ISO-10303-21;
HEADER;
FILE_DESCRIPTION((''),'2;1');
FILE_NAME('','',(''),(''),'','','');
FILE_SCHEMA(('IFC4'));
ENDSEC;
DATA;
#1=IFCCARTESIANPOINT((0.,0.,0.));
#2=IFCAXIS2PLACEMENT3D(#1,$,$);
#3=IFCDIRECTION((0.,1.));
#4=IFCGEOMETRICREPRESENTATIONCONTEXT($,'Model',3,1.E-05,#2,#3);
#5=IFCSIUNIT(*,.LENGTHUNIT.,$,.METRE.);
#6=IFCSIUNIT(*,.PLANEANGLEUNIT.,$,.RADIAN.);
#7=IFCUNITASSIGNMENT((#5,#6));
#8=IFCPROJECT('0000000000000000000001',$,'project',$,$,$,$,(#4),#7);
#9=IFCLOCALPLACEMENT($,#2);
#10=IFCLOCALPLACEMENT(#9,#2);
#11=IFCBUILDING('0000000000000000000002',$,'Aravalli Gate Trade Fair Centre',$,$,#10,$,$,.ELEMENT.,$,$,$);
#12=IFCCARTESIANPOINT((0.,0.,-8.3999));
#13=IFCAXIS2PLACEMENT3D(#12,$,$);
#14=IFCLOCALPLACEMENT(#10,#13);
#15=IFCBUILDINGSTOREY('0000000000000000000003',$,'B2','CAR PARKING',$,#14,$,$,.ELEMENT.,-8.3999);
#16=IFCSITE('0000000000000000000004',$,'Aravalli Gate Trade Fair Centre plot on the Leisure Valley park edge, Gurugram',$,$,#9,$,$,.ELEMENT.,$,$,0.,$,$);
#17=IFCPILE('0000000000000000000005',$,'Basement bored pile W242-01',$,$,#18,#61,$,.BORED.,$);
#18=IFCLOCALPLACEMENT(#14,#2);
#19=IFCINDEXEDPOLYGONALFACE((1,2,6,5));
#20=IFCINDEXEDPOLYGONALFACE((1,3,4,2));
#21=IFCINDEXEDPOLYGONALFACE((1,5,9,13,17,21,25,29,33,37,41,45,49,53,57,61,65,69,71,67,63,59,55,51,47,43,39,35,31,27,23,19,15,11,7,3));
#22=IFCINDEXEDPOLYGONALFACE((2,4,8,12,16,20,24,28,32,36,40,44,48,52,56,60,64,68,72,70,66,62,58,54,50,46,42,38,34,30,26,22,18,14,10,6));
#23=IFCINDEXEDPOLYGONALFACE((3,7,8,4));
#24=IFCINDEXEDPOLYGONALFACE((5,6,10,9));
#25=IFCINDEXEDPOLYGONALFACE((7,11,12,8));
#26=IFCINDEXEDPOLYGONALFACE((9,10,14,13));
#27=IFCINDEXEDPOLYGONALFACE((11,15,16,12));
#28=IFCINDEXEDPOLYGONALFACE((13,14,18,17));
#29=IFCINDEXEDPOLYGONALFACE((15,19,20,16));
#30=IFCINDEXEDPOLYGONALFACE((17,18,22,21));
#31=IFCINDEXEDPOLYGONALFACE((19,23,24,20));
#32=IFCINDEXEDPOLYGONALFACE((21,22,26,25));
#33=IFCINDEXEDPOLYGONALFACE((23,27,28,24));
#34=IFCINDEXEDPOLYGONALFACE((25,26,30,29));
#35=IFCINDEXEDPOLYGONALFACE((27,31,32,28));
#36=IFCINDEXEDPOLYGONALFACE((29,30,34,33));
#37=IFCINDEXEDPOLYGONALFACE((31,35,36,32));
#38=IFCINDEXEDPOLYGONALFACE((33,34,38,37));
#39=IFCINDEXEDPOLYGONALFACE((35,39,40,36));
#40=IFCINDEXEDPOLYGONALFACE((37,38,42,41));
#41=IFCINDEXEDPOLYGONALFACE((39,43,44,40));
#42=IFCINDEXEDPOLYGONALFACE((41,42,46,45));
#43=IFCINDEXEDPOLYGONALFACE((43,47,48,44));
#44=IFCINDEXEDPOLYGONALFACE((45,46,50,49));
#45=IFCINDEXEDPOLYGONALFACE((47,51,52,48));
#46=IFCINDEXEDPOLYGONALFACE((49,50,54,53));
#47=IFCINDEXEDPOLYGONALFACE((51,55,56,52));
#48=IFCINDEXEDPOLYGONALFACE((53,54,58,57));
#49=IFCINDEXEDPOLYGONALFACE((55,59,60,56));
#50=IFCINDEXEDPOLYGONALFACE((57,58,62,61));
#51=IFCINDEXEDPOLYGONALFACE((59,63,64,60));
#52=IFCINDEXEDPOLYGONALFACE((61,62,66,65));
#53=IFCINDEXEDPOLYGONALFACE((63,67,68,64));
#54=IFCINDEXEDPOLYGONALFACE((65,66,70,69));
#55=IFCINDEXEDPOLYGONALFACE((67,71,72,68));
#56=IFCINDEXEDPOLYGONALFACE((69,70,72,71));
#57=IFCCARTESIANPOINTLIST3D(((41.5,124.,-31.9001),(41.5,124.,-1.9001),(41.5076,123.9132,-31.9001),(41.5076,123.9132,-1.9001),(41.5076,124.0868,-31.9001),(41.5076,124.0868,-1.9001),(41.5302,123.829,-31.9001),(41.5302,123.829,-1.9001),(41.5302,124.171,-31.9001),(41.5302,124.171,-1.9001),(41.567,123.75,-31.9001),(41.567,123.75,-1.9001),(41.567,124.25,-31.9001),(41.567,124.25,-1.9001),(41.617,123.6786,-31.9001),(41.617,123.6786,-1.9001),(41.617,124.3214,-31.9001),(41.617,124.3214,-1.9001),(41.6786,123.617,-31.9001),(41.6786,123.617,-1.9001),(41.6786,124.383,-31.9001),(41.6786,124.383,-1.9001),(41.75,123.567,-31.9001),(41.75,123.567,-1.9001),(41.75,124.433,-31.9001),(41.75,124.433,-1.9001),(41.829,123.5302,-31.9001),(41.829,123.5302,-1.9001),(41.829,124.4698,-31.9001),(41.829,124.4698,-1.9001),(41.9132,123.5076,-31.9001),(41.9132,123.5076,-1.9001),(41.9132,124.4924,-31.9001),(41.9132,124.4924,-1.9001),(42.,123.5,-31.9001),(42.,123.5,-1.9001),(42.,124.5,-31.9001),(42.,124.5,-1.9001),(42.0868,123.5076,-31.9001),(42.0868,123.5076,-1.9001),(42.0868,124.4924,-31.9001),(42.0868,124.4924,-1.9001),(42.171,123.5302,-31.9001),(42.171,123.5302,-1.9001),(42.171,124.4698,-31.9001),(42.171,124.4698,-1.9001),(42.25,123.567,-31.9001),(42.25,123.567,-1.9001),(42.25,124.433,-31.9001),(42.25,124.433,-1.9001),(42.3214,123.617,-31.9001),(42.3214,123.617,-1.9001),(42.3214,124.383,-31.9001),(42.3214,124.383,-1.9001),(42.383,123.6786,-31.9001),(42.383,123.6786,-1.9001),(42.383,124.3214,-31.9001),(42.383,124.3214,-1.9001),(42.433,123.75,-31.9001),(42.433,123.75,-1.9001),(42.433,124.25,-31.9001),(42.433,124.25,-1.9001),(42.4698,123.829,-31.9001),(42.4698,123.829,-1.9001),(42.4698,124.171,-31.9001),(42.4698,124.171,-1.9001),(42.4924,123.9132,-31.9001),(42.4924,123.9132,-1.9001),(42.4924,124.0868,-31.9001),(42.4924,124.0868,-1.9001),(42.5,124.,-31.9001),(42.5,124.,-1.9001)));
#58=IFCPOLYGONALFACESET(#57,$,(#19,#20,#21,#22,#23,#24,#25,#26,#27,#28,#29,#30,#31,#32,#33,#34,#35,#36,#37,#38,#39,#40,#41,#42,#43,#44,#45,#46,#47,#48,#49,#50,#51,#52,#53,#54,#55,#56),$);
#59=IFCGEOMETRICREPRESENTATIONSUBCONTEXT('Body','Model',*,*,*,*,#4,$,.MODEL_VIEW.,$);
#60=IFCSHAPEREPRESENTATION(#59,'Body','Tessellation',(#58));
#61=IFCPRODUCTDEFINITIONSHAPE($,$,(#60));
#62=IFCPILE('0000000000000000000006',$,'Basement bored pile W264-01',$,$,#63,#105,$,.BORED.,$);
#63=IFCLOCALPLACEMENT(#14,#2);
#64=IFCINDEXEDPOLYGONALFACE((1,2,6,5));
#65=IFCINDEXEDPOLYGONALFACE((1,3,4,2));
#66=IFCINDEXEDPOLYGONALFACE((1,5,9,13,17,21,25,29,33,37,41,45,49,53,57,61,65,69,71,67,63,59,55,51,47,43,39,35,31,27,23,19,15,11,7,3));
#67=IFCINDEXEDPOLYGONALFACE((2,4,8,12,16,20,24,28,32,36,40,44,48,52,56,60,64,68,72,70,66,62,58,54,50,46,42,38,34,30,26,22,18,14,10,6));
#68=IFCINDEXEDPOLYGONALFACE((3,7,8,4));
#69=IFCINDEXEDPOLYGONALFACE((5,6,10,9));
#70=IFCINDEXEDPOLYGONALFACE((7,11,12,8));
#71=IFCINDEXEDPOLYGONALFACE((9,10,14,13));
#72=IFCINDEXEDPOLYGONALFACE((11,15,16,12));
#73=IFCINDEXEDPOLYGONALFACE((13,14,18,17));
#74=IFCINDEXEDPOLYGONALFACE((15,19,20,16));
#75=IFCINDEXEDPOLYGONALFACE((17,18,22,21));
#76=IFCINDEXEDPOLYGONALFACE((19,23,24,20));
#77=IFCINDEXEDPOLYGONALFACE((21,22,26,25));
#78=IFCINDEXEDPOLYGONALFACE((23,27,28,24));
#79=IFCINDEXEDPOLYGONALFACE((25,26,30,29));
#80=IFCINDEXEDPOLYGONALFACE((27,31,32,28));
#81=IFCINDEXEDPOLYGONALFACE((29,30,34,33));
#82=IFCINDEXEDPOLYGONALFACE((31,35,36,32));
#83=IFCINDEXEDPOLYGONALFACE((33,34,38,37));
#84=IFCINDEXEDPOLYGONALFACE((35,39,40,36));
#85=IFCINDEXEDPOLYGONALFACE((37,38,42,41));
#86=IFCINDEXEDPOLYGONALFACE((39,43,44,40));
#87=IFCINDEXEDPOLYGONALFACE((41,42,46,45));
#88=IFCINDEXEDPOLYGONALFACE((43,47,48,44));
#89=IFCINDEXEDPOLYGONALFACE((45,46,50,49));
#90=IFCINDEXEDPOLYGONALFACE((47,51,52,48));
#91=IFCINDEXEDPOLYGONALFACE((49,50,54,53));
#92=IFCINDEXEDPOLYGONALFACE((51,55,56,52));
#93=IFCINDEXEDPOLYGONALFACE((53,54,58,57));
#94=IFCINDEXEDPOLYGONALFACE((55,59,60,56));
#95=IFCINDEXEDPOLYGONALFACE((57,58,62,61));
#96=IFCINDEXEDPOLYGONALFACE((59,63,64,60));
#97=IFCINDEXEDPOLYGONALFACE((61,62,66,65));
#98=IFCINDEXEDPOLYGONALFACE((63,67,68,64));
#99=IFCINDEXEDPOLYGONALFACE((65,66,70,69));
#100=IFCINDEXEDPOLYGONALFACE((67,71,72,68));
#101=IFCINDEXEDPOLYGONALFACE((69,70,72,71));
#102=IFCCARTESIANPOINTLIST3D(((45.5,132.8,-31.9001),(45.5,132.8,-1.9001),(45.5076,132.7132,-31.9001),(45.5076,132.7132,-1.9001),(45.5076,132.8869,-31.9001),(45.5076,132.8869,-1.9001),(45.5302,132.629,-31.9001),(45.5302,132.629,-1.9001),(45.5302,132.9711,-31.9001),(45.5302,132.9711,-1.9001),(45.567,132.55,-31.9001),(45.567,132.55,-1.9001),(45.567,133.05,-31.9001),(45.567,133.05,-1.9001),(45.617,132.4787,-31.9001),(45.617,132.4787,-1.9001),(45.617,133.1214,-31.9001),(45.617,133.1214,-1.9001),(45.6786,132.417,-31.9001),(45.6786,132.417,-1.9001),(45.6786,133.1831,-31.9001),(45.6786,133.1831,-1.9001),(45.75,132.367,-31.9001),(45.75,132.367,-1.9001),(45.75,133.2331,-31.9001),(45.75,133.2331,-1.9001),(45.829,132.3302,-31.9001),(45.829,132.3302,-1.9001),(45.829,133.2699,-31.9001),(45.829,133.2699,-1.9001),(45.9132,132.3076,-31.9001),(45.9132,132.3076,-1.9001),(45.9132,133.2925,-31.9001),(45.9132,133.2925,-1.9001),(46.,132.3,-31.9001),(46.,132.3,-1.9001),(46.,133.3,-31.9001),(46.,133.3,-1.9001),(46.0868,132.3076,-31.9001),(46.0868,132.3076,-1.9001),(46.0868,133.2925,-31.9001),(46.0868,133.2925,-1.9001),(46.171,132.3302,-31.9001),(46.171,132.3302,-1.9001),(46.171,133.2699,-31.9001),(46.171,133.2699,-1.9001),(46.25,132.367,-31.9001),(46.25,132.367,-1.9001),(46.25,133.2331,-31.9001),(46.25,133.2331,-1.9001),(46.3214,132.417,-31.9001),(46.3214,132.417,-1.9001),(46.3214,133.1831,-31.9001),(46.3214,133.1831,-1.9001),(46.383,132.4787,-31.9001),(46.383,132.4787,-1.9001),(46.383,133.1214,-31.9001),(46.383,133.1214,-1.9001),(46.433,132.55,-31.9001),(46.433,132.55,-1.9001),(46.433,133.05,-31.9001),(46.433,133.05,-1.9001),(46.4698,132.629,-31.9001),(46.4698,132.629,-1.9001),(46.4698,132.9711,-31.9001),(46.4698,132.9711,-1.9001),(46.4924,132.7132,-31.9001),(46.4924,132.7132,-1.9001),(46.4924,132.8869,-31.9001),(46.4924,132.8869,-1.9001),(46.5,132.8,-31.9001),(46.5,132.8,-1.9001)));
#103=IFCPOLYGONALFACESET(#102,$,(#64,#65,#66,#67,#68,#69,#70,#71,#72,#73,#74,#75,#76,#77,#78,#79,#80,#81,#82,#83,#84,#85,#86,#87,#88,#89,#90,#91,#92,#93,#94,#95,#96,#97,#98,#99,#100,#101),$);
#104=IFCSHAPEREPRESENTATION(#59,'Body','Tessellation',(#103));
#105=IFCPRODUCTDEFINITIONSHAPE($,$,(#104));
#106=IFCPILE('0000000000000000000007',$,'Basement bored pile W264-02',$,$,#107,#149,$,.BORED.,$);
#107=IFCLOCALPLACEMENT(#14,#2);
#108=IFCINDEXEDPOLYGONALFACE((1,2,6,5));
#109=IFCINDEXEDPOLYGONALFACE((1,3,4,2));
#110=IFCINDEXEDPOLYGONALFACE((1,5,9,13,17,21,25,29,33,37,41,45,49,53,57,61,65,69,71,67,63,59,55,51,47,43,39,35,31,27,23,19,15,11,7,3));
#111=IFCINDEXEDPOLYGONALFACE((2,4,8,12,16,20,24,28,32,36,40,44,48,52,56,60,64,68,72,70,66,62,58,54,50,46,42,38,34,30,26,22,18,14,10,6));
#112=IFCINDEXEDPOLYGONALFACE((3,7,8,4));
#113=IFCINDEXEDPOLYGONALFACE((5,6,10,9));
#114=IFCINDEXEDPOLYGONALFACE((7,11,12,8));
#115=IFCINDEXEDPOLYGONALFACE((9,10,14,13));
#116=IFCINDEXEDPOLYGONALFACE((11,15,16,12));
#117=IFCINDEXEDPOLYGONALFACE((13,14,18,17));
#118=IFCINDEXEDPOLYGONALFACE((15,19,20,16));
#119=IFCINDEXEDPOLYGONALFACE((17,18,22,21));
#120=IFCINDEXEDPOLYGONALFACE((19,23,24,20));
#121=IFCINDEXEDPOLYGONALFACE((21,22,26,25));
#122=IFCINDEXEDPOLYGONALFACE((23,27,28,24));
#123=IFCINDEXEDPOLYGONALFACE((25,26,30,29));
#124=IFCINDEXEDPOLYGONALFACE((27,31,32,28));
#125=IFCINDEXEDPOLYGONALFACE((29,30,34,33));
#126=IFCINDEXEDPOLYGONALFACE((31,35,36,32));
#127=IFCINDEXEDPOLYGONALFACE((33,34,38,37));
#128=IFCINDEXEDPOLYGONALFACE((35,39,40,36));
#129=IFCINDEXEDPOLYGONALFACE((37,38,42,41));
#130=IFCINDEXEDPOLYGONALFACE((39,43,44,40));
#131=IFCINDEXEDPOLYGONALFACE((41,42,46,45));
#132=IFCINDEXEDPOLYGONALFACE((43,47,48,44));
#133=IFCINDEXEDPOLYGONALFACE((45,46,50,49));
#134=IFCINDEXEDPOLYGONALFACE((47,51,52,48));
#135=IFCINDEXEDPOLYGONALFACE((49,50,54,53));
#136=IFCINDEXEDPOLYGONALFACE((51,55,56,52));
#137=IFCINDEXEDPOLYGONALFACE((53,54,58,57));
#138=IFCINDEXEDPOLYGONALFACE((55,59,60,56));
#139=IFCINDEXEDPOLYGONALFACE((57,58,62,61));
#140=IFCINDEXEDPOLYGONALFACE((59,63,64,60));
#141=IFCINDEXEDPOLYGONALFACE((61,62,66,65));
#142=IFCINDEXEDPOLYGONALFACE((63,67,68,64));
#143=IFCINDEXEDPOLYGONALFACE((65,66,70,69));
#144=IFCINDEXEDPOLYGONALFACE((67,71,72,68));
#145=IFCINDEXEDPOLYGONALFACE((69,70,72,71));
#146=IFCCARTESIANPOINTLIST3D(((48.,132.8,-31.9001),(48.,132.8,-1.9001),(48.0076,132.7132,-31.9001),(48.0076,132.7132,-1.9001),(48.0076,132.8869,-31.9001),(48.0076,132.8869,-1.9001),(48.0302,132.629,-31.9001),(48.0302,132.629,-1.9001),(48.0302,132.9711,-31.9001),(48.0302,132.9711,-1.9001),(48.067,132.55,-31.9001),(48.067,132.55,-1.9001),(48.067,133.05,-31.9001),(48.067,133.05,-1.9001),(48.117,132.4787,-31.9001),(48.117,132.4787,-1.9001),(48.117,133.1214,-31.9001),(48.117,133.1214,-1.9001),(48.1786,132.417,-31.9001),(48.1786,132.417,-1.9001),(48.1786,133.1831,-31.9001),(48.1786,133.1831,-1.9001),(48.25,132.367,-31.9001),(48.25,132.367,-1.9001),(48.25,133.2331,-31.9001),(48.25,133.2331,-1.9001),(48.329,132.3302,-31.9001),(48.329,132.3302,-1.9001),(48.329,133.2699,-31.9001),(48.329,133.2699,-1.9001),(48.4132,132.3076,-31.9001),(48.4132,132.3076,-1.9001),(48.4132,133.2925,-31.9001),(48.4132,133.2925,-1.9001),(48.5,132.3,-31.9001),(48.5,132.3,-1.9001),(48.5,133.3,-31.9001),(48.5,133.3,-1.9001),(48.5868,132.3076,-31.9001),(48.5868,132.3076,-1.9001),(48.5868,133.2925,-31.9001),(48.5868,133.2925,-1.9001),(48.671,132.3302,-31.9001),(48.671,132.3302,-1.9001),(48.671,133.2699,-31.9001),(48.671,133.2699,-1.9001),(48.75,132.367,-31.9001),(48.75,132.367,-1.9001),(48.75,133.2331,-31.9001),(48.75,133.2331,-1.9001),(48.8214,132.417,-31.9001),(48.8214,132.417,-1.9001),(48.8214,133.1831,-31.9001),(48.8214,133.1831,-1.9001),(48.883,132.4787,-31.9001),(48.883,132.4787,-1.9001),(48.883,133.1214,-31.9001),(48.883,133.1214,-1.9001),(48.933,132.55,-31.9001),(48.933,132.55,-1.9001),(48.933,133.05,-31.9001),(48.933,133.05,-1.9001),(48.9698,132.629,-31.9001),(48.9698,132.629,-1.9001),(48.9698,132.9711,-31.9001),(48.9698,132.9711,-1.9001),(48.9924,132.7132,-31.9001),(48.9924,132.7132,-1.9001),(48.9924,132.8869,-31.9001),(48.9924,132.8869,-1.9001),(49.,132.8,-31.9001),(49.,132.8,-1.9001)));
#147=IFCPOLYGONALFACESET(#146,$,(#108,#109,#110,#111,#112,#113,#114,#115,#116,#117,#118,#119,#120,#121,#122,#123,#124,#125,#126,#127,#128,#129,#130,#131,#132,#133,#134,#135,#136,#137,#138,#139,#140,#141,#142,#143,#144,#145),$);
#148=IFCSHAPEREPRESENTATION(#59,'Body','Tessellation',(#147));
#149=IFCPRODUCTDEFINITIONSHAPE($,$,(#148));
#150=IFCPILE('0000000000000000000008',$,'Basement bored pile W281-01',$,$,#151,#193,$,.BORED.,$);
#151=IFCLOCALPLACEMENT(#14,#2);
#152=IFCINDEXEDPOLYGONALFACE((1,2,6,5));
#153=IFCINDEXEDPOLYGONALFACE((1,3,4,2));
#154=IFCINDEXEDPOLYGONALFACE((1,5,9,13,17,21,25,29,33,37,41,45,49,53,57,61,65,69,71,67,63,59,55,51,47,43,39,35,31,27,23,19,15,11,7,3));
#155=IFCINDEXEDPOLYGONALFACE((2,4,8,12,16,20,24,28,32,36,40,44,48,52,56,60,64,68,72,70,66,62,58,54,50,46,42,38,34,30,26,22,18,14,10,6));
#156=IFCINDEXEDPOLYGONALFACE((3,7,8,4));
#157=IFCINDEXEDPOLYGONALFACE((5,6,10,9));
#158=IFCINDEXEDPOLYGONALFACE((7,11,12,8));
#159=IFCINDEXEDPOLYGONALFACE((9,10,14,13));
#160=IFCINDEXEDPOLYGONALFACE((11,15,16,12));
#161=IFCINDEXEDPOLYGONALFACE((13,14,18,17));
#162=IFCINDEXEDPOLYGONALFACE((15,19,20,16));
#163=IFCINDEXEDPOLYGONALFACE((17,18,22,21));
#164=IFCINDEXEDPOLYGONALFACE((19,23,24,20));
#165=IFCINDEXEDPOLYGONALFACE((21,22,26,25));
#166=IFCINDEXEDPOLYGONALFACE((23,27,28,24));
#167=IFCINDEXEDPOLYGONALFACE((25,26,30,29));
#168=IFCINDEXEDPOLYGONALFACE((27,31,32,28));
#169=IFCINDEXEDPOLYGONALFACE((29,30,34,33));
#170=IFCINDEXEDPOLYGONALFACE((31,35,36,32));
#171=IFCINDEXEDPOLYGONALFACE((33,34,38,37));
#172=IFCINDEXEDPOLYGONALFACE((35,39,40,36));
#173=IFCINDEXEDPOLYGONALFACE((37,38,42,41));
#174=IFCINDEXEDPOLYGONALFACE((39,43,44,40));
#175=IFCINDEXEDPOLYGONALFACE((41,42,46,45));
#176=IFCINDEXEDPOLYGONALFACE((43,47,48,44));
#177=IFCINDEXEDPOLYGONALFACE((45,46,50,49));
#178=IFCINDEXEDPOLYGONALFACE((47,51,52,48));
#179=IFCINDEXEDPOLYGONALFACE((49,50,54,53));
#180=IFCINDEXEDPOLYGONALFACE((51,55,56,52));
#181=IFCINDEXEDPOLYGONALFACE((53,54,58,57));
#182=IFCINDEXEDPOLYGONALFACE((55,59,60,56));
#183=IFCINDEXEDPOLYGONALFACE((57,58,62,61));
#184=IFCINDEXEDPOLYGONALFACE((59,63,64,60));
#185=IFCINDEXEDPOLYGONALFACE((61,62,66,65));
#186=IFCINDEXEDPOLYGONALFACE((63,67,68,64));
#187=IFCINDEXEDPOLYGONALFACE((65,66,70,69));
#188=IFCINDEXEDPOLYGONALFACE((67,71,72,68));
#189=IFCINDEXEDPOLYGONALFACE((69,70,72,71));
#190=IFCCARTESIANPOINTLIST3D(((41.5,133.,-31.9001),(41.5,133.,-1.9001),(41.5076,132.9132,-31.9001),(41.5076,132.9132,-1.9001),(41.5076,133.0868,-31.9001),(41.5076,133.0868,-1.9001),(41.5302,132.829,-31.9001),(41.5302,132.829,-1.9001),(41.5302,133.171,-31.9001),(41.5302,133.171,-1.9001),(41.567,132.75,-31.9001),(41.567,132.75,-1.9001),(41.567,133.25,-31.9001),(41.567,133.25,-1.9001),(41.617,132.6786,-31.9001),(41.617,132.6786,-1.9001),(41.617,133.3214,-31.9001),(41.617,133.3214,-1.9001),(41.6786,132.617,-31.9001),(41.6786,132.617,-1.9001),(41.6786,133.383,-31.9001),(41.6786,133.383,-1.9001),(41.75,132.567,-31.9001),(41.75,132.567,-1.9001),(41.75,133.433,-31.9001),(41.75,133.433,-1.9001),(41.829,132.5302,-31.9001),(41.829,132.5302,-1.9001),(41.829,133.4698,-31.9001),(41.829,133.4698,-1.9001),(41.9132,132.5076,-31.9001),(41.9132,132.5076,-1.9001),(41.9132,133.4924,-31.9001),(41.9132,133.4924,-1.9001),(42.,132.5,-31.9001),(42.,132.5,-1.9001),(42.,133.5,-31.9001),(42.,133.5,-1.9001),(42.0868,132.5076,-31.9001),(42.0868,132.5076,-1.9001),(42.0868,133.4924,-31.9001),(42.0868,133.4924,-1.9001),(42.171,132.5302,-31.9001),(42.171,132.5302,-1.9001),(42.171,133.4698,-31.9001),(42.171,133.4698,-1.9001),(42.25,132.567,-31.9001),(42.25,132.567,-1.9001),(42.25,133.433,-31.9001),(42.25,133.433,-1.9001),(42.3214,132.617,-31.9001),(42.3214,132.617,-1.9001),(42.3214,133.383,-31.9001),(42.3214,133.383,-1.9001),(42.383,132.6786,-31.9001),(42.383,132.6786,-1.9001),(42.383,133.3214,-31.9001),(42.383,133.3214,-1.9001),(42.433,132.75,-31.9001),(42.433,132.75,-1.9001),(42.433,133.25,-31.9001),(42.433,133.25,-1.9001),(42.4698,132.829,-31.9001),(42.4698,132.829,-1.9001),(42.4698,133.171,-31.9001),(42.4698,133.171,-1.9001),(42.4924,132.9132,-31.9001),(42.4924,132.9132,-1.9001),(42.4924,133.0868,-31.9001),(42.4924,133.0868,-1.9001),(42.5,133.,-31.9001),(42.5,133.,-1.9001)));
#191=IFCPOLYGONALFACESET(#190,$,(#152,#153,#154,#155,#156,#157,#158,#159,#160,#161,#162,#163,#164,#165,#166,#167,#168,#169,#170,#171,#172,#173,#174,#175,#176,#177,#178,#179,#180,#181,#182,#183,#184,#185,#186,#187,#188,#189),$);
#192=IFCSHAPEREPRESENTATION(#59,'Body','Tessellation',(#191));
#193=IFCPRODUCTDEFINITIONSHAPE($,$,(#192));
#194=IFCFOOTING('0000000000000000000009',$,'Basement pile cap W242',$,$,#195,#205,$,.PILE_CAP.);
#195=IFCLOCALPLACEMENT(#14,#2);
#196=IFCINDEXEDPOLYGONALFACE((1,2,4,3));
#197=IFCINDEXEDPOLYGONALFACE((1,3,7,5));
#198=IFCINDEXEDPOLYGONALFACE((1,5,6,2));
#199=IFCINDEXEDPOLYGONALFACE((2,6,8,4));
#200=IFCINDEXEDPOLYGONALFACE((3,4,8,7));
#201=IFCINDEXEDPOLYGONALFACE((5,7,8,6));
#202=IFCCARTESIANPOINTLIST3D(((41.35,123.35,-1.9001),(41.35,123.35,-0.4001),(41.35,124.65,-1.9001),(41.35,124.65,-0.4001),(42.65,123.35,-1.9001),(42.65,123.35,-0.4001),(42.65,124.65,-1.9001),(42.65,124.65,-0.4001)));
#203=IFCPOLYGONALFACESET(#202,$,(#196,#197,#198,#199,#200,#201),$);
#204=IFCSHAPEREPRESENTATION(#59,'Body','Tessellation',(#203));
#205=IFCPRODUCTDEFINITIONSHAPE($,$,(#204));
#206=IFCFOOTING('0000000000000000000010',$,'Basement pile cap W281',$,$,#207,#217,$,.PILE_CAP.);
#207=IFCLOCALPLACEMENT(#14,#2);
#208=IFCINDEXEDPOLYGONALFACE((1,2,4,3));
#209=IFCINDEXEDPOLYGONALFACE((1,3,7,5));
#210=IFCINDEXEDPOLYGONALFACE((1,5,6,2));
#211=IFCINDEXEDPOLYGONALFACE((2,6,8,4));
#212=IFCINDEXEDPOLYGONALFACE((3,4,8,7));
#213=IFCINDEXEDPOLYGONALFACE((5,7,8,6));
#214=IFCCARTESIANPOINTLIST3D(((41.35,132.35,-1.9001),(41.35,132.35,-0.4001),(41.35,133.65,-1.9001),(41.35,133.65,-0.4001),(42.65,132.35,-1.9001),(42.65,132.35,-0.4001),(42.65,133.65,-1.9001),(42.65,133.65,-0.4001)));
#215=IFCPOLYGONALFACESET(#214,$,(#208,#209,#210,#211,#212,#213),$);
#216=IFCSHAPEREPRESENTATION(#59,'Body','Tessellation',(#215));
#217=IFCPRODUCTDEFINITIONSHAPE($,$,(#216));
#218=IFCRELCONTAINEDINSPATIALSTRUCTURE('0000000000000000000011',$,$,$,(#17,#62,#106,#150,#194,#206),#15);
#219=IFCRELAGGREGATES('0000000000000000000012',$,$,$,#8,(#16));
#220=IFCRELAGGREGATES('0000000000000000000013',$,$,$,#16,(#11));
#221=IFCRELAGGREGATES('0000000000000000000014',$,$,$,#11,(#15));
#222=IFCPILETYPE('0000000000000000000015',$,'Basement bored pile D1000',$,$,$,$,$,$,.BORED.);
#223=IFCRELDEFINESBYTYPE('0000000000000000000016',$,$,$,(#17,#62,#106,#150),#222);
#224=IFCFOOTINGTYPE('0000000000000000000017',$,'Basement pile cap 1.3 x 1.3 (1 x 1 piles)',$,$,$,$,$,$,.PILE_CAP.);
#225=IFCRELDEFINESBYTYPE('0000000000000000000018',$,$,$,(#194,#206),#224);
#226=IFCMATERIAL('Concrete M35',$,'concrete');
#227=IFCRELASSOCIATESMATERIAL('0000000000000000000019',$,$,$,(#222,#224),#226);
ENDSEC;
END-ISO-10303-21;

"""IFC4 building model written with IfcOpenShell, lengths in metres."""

from ifc_helpers import new_model, si_unit, direction, frame, origin, origin_2d, place, context, subcontext, project, spatial, rectangle, circle, extrude, material, material_profile, profile_set, type_object, element, save


model = new_model("IFC4")

# Units and contexts
model_context = context("Model", 3, precision=1e-05, world=origin(), true_north=direction((0.0, 1.0)))
body_context = subcontext(model_context, "Body", "Model", "MODEL_VIEW")
ifc_project = project(units=[si_unit("LENGTHUNIT", "METRE"), si_unit("PLANEANGLEUNIT", "RADIAN")], contexts=[model_context])

# Site, building, storey
site_placement = place(None, origin())
site = spatial("IfcSite", under=ifc_project, at=site_placement, Name="Aravalli Gate Trade Fair Centre plot on the Leisure Valley park edge, Gurugram", CompositionType="ELEMENT", RefElevation=0.0)
building_placement = place(site_placement, origin())
building = spatial("IfcBuilding", under=site, at=building_placement, Name="Aravalli Gate Trade Fair Centre", CompositionType="ELEMENT")
storey_placement = place(building_placement, frame((0.0, 0.0, -8.3999)))
storey = spatial("IfcBuildingStorey", under=building, at=storey_placement, Name="B2", Description="CAR PARKING", CompositionType="ELEMENT", Elevation=-8.3999)

# Piles
ifc_material_1 = material(Name="Concrete M35", Category="concrete")
ifc_material_profile_1 = material_profile(ifc_material_1, circle(Radius=0.5, at=origin_2d()), Name="D1000")
ifc_profile_set_1 = profile_set([ifc_material_profile_1], Name="Concrete M35")
pile_type = type_object("IfcPileType", Name="Basement bored pile D1000", PredefinedType="BORED", material=ifc_profile_set_1)
for number, where, z_axis, x_axis, name in (
    (1, (42.0, 124.0, -1.9001), (0.0, 0.0, -1.0), (1.0, 0.0, 0.0), "Basement bored pile W242-01"),
    (2, (46.0, 132.8, -1.9001), (0.0, 0.0, -1.0), (1.0, 0.0, 0.0), "Basement bored pile W264-01"),
    (3, (48.5, 132.8, -1.9001), (0.0, 0.0, -1.0), (1.0, 0.0, 0.0), "Basement bored pile W264-02"),
    (4, (42.0, 133.0, -1.9001), (0.0, 0.0, -1.0), (1.0, 0.0, 0.0), "Basement bored pile W281-01"),
):
    element("IfcPile", number, at=place(storey_placement, frame(where, z_axis=z_axis, x_axis=x_axis)), inside=storey, type_object=pile_type, Name=name, PredefinedType="BORED", context=body_context, shape_type="SweptSolid", body=[
        extrude(circle(Radius=0.5, at=origin_2d()), origin(), (0.0, 0.0, 1.0), 30.0),
    ])

# Footings
footing_type_1 = type_object("IfcFootingType", Name="Basement pile cap 1.3 x 1.3 (1 x 1 piles)", PredefinedType="PILE_CAP", material=ifc_material_1)
for number, where, z_axis, x_axis, name in (
    (5, (42.0, 124.0, -1.9001), (0.0, 0.0, 1.0), (1.0, 0.0, 0.0), "Basement pile cap W242"),
    (6, (42.0, 133.0, -1.9001), (0.0, 0.0, 1.0), (1.0, 0.0, 0.0), "Basement pile cap W281"),
):
    element("IfcFooting", number, at=place(storey_placement, frame(where, z_axis=z_axis, x_axis=x_axis)), inside=storey, type_object=footing_type_1, Name=name, PredefinedType="PILE_CAP", context=body_context, shape_type="SweptSolid", body=[
        extrude(rectangle(XDim=1.3, YDim=1.3, at=origin_2d()), origin(), (0.0, 0.0, 1.0), 1.5),
    ])

save(model, "model.ifc")
